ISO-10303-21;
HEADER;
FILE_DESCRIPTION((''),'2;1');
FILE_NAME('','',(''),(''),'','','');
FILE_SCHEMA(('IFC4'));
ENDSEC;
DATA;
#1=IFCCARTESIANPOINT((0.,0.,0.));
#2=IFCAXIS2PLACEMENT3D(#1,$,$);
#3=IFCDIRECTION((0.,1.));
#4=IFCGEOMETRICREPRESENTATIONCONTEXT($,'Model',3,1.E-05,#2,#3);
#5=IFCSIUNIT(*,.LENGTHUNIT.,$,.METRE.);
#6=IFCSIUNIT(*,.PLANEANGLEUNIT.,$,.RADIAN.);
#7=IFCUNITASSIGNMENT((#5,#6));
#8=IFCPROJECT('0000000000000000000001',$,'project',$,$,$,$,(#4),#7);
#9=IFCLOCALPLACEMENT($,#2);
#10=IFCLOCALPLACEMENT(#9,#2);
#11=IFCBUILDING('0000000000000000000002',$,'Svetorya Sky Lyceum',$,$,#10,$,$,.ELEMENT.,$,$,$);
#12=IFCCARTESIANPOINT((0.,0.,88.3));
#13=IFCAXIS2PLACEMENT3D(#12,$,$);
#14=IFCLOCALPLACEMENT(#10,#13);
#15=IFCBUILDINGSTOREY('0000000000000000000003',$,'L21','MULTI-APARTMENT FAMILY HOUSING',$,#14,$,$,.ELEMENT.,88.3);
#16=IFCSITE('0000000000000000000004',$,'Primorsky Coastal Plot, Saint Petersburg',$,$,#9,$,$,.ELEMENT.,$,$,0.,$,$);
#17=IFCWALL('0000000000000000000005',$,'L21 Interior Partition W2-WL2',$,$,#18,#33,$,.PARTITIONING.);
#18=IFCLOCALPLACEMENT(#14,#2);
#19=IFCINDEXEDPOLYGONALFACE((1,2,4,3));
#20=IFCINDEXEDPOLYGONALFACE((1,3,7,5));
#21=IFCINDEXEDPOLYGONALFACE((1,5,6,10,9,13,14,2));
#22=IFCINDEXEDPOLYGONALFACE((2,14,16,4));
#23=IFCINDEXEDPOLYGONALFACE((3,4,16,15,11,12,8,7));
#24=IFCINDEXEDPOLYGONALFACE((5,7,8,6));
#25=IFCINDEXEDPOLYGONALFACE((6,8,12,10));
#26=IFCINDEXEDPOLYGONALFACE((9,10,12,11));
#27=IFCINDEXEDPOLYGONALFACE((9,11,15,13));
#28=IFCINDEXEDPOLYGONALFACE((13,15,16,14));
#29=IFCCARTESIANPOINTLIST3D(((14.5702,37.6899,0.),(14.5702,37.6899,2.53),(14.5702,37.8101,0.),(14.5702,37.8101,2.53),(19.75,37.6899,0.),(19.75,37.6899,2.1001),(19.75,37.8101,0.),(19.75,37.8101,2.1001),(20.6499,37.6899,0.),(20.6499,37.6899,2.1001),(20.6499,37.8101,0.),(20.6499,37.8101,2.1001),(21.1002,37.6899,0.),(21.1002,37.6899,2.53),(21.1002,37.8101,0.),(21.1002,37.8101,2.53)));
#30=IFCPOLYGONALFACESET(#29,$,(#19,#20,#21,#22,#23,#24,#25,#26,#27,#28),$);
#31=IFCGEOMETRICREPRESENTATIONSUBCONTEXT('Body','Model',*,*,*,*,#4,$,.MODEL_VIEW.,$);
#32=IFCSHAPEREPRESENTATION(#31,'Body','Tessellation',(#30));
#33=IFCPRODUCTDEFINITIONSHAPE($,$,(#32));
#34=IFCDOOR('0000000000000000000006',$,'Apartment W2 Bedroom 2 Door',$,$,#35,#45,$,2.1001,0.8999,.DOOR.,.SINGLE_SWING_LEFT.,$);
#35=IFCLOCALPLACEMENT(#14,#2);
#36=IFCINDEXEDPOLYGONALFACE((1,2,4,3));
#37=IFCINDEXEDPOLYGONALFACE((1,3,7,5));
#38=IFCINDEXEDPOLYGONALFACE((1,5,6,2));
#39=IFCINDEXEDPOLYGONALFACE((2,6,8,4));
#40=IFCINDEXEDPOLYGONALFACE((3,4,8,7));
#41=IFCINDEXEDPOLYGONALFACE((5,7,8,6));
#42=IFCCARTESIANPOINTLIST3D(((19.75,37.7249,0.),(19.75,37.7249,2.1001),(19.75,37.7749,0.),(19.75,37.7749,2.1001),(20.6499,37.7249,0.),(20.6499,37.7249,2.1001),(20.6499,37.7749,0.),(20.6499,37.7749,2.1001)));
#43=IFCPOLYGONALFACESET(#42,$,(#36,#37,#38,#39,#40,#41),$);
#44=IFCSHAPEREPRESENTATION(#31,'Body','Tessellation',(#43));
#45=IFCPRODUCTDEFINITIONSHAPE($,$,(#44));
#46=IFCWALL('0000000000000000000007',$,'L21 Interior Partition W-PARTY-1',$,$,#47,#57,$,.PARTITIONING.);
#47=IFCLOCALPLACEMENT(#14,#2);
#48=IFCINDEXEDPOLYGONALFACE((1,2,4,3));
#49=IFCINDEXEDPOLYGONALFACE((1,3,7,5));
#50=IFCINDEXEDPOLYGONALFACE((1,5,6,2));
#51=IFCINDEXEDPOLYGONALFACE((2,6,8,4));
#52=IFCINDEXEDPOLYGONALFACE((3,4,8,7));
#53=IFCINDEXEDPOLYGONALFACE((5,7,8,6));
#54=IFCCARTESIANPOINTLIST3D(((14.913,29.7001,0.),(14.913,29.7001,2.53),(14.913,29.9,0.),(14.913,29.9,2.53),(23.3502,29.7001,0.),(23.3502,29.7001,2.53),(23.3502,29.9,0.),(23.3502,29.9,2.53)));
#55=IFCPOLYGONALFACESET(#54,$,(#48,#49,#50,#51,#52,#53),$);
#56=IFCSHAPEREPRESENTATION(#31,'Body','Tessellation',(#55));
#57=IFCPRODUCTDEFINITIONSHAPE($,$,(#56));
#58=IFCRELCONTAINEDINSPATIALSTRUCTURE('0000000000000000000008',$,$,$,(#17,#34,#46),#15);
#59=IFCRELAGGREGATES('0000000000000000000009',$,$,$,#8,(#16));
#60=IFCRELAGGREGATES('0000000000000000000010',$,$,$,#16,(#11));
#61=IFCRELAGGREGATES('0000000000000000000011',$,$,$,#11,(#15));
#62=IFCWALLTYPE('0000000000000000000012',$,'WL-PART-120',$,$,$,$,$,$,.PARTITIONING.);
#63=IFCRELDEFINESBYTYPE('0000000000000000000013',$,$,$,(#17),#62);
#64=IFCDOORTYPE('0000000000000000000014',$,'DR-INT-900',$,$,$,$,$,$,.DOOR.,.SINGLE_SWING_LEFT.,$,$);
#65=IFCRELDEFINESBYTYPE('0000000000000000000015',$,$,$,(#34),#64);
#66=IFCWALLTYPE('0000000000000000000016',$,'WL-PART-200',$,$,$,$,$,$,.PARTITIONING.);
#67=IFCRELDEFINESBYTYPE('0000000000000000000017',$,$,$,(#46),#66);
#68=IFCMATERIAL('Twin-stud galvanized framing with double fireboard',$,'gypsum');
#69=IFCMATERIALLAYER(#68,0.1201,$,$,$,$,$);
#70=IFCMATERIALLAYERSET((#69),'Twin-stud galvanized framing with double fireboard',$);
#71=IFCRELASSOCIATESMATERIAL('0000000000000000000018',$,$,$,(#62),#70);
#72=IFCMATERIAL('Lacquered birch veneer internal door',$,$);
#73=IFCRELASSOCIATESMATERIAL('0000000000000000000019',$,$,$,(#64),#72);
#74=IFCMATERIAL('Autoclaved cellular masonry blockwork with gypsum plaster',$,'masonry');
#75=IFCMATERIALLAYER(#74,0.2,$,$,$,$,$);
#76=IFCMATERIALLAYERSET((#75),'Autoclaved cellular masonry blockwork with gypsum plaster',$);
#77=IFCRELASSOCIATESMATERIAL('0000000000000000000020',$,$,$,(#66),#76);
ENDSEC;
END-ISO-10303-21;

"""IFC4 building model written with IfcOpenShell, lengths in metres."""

from ifc_helpers import new_model, si_unit, direction, frame, frame_2d, origin, place, context, subcontext, project, spatial, rectangle, extrude, material, layer, layer_set, type_object, element, fill, save


model = new_model("IFC4")

# Units and contexts
model_context = context("Model", 3, precision=1e-05, world=origin(), true_north=direction((0.0, 1.0)))
body_context = subcontext(model_context, "Body", "Model", "MODEL_VIEW")
ifc_project = project(units=[si_unit("LENGTHUNIT", "METRE"), si_unit("PLANEANGLEUNIT", "RADIAN")], contexts=[model_context])

# Site, building, storey
site_placement = place(None, origin())
site = spatial("IfcSite", under=ifc_project, at=site_placement, Name="Primorsky Coastal Plot, Saint Petersburg", CompositionType="ELEMENT", RefElevation=0.0)
building_placement = place(site_placement, origin())
building = spatial("IfcBuilding", under=site, at=building_placement, Name="Svetorya Sky Lyceum", CompositionType="ELEMENT")
storey_placement = place(building_placement, frame((0.0, 0.0, 88.3)))
storey = spatial("IfcBuildingStorey", under=building, at=storey_placement, Name="L21", Description="MULTI-APARTMENT FAMILY HOUSING", CompositionType="ELEMENT", Elevation=88.3)

# Wall, opening, door
ifc_material_1 = material(Name="Twin-stud galvanized framing with double fireboard", Category="gypsum")
ifc_layer_1 = layer(ifc_material_1, 0.1201)
ifc_layer_set_1 = layer_set([ifc_layer_1], Name="Twin-stud galvanized framing with double fireboard")
wall_type_1 = type_object("IfcWallType", Name="WL-PART-120", PredefinedType="PARTITIONING", material=ifc_layer_set_1)
ifc_material_2 = material(Name="Lacquered birch veneer internal door")
door_type_1 = type_object("IfcDoorType", Name="DR-INT-900", OperationType="SINGLE_SWING_LEFT", PredefinedType="DOOR", material=ifc_material_2)
wall_1_placement = place(storey_placement, frame((14.5701, 37.75, 0.0), z_axis=(0.0, 0.0, 1.0), x_axis=(1.0, 0.0, 0.0)))
wall_1 = element("IfcWall", 1, at=wall_1_placement, inside=storey, type_object=wall_type_1, Name="L21 Interior Partition W2-WL2", PredefinedType="PARTITIONING", context=body_context, shape_type="SweptSolid", body=[
    extrude(rectangle(XDim=6.53, YDim=0.1201, at=frame_2d((3.2651, 0.0))), origin(), (0.0, 0.0, 1.0), 2.53),
])
opening_1_placement = place(wall_1_placement, frame((5.1799, 0.0, 0.0)))
opening_1 = element("IfcOpeningElement", 2, at=opening_1_placement, cuts=wall_1, PredefinedType="OPENING", context=body_context, shape_type="SweptSolid", body=[
    extrude(rectangle(XDim=0.8999, YDim=2.1001, at=frame_2d((0.45, 1.05))), frame((0.0, 0.0701, 0.0), z_axis=(0.0, -1.0, 0.0), x_axis=(1.0, 0.0, 0.0)), (0.0, 0.0, 1.0), 0.1401),
])
door_1_placement = place(opening_1_placement, origin())
door_1 = element("IfcDoor", 3, at=door_1_placement, inside=storey, type_object=door_type_1, Name="Apartment W2 Bedroom 2 Door", OperationType="SINGLE_SWING_LEFT", OverallHeight=2.1001, OverallWidth=0.8999, PredefinedType="DOOR", context=body_context, shape_type="SweptSolid", body=[
    extrude(rectangle(XDim=0.8999, YDim=2.1001, at=frame_2d((0.45, 1.05))), frame((0.0, 0.0249, 0.0), z_axis=(0.0, -1.0, 0.0), x_axis=(1.0, 0.0, 0.0)), (0.0, 0.0, 1.0), 0.05),
])
fill(opening_1, door_1)

# Wall
ifc_material_3 = material(Name="Autoclaved cellular masonry blockwork with gypsum plaster", Category="masonry")
ifc_layer_2 = layer(ifc_material_3, 0.2)
ifc_layer_set_2 = layer_set([ifc_layer_2], Name="Autoclaved cellular masonry blockwork with gypsum plaster")
wall_type_2 = type_object("IfcWallType", Name="WL-PART-200", PredefinedType="PARTITIONING", material=ifc_layer_set_2)
wall_2_placement = place(storey_placement, frame((14.9128, 29.8, 0.0), z_axis=(0.0, 0.0, 1.0), x_axis=(1.0, 0.0, 0.0)))
element("IfcWall", 4, at=wall_2_placement, inside=storey, type_object=wall_type_2, Name="L21 Interior Partition W-PARTY-1", PredefinedType="PARTITIONING", context=body_context, shape_type="SweptSolid", body=[
    extrude(rectangle(XDim=8.4373, YDim=0.2, at=frame_2d((4.2188, 0.0))), origin(), (0.0, 0.0, 1.0), 2.53),
])

save(model, "model.ifc")
